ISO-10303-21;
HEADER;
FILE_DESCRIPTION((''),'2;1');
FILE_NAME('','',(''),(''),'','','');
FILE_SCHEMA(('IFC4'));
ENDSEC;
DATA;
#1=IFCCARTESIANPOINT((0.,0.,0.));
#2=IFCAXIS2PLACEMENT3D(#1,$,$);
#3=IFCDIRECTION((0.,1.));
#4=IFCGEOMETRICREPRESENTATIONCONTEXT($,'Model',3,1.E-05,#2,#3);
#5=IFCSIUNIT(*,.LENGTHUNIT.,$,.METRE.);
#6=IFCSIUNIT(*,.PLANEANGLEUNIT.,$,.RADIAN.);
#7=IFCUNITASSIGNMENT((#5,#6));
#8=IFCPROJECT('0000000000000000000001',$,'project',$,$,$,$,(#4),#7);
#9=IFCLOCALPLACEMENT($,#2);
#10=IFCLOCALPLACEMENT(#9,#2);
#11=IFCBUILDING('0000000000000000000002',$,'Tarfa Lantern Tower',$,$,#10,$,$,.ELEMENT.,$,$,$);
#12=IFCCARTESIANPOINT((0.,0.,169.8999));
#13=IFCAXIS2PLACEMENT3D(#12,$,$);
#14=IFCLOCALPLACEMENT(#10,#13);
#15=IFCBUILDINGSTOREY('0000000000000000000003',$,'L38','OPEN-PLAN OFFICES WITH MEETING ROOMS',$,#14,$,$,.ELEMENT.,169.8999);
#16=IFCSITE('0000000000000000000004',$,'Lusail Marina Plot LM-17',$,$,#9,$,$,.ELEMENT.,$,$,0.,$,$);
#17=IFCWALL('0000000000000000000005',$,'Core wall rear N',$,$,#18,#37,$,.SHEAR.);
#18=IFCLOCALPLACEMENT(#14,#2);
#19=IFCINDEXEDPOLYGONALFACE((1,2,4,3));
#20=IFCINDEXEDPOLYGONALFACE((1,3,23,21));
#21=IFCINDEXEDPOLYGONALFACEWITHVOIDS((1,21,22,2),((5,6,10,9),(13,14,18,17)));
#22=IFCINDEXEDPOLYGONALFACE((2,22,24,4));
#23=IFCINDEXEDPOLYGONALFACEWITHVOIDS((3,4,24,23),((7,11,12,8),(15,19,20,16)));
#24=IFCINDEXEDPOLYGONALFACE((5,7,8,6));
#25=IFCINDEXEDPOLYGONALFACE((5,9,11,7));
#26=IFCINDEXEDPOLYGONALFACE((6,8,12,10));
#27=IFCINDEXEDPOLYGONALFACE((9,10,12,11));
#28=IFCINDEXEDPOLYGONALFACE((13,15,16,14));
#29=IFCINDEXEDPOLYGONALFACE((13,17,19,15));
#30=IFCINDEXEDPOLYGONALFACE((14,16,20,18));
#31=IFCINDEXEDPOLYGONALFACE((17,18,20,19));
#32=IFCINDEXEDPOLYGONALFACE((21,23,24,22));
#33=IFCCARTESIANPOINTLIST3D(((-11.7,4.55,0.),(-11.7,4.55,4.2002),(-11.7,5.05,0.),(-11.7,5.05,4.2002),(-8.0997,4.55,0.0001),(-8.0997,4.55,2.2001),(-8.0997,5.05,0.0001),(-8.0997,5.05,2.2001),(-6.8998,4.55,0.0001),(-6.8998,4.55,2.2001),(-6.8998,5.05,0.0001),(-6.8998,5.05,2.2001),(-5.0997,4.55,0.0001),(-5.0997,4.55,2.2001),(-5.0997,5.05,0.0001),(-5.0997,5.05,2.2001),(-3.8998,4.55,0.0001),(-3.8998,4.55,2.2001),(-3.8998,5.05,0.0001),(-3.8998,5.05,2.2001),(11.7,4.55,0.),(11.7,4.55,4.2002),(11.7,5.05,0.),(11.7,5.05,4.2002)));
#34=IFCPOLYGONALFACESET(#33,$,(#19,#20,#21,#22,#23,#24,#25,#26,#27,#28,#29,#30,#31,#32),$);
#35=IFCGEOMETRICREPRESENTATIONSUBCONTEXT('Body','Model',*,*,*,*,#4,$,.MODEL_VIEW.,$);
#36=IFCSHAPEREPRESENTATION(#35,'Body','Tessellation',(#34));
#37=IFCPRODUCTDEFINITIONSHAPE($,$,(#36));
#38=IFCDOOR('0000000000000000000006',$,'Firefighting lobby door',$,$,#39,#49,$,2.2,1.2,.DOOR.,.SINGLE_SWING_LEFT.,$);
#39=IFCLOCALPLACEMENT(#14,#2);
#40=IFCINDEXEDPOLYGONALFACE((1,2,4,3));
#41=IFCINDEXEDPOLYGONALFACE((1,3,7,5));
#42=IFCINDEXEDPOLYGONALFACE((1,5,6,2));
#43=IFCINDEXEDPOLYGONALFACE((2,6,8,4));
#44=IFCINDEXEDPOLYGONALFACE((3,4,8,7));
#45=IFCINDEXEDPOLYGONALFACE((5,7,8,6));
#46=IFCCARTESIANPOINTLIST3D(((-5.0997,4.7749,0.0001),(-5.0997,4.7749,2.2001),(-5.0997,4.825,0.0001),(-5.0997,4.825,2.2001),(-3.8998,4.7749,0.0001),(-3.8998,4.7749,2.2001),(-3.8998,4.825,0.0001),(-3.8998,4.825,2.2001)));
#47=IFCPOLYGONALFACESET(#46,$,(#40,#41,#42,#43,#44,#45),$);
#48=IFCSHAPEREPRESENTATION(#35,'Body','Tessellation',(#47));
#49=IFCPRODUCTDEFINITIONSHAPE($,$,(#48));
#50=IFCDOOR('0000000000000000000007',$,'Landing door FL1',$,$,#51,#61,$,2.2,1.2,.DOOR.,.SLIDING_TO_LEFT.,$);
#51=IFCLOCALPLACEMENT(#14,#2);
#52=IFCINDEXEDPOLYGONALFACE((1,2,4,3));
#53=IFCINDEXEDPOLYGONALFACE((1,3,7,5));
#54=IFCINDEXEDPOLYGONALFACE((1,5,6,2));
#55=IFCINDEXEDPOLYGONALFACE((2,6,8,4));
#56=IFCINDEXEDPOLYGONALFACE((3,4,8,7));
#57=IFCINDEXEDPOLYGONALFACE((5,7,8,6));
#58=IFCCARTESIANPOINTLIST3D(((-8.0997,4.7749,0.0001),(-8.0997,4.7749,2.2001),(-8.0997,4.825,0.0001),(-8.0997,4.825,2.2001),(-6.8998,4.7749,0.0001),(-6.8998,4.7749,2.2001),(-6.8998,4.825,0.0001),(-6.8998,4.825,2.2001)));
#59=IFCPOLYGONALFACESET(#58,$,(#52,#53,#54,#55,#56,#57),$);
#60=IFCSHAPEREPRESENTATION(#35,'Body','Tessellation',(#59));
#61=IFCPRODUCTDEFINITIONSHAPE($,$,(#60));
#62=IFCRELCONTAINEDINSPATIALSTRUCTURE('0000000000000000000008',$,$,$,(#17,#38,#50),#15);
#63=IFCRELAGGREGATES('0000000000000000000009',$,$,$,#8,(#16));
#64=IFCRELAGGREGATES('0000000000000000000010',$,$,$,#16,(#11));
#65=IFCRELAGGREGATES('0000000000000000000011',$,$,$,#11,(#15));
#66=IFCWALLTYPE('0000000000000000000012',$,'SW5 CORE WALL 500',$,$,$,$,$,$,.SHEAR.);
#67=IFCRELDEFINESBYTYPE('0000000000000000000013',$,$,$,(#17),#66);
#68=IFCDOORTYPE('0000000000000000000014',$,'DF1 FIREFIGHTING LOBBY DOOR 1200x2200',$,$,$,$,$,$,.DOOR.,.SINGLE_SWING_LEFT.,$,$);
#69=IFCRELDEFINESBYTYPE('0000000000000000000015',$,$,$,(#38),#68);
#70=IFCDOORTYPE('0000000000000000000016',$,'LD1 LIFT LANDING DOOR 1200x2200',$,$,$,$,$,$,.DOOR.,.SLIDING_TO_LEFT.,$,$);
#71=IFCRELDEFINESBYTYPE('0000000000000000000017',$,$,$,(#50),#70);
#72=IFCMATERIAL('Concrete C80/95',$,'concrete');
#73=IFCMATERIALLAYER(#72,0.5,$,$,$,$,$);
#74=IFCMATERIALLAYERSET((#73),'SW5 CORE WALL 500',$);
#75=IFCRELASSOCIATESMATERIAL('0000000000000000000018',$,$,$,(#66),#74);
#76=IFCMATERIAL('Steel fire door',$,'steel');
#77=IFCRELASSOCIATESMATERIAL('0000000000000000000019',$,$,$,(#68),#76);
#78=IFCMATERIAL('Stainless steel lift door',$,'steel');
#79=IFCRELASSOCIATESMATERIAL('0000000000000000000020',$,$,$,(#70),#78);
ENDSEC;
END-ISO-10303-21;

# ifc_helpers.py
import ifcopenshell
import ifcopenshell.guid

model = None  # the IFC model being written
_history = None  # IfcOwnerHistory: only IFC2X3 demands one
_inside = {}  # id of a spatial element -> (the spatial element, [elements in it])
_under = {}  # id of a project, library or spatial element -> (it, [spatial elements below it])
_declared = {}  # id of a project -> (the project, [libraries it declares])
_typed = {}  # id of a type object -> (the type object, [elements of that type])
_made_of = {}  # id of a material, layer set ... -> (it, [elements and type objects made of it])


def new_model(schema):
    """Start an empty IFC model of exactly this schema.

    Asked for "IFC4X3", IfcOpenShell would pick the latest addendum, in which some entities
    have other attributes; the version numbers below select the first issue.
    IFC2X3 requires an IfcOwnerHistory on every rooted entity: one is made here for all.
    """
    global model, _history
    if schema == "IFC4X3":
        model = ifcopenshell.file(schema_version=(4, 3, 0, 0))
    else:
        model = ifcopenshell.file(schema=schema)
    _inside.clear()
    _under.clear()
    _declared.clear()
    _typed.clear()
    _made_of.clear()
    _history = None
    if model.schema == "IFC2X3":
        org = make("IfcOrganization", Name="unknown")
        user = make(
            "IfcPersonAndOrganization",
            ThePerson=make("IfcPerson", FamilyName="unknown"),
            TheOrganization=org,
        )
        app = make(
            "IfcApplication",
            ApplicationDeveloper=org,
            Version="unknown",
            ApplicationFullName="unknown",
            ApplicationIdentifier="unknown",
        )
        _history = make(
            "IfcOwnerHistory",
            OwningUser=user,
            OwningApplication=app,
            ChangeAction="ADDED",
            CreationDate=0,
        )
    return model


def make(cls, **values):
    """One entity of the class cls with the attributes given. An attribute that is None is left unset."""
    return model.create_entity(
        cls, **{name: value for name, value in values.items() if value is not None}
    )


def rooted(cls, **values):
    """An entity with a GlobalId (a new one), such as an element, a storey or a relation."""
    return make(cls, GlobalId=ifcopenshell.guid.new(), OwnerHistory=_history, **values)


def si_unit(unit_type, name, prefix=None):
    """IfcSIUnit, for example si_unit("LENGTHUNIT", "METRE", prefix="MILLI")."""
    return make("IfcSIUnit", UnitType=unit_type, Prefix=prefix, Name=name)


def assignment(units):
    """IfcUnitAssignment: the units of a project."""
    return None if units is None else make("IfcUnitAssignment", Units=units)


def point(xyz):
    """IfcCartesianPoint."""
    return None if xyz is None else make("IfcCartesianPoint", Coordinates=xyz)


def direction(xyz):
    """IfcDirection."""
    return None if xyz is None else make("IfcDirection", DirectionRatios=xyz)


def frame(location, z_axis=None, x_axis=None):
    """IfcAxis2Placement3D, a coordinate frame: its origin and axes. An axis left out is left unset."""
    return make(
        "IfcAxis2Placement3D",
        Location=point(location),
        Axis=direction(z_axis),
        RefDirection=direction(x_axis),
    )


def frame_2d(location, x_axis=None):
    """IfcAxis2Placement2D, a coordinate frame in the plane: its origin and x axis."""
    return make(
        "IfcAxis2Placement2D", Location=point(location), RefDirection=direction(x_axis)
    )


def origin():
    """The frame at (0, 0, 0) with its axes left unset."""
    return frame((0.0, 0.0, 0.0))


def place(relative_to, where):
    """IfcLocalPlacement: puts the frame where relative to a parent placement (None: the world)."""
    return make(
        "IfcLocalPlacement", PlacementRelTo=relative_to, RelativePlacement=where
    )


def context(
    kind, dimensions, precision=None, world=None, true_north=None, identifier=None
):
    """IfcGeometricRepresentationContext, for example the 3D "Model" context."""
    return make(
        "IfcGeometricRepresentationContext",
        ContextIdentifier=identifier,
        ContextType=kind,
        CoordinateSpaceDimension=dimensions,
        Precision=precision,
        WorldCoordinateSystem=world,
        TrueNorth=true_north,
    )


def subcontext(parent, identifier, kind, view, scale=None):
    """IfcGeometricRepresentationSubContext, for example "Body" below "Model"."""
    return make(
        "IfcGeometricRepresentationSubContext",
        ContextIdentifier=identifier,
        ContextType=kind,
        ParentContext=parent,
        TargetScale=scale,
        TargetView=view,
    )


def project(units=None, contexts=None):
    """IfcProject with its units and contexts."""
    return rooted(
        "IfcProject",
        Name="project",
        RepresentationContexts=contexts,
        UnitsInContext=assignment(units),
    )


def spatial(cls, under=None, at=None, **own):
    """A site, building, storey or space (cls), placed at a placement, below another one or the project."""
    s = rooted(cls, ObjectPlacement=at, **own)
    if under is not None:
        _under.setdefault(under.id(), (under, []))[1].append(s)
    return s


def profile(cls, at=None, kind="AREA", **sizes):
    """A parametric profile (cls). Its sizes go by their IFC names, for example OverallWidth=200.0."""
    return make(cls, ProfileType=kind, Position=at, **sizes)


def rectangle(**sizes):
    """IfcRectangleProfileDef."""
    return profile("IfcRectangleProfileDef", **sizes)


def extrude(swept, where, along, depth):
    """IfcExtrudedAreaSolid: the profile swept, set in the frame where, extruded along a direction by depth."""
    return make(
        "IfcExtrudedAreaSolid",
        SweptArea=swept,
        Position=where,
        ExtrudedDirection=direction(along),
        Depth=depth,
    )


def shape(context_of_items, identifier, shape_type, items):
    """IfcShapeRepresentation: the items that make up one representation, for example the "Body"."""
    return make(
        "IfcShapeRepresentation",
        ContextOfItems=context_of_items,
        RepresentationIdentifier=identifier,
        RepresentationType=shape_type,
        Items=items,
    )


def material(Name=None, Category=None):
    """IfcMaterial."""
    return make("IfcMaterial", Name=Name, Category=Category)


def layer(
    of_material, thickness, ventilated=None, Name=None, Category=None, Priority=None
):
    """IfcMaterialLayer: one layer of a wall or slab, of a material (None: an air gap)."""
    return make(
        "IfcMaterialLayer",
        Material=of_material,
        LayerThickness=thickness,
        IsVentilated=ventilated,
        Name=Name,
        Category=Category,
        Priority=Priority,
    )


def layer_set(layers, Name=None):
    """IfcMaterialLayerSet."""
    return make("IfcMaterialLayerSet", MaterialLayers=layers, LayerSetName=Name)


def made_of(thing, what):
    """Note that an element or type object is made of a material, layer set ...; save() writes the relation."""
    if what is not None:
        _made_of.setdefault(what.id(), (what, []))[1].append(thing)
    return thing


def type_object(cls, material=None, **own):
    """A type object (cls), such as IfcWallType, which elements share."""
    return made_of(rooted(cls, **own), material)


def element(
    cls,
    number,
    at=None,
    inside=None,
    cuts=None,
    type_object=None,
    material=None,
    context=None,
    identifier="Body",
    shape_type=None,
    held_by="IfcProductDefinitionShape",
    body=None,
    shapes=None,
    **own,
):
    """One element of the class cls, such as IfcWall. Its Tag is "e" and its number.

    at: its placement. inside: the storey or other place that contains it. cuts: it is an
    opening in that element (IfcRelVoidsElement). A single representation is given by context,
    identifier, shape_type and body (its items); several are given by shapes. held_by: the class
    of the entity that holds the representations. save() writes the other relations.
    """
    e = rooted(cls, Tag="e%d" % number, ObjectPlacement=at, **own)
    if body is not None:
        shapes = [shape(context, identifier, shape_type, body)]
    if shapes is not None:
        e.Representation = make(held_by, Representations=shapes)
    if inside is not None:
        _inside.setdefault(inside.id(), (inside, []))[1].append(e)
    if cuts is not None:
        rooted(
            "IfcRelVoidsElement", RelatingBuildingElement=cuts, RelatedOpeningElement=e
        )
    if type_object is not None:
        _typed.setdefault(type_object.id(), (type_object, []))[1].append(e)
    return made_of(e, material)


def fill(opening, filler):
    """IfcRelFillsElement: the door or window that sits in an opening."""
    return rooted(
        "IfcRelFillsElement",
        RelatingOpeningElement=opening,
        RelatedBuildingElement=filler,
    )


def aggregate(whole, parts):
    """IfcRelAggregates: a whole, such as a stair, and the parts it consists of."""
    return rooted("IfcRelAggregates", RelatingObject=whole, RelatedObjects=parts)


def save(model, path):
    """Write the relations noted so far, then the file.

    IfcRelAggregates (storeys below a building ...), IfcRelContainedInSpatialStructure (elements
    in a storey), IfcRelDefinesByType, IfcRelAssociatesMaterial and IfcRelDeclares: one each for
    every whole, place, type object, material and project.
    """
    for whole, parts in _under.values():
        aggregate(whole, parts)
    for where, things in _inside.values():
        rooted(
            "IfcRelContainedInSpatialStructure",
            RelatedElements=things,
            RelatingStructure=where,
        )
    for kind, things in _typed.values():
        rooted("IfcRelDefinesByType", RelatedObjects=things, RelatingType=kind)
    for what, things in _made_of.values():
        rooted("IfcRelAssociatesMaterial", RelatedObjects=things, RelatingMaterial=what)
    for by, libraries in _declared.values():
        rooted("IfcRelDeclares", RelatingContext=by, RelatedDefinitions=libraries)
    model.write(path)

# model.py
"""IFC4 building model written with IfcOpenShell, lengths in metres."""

from ifc_helpers import new_model, si_unit, direction, frame, frame_2d, origin, place, context, subcontext, project, spatial, rectangle, extrude, material, layer, layer_set, type_object, element, fill, save


model = new_model("IFC4")

# Units and contexts
model_context = context("Model", 3, precision=1e-05, world=origin(), true_north=direction((0.0, 1.0)))
body_context = subcontext(model_context, "Body", "Model", "MODEL_VIEW")
ifc_project = project(units=[si_unit("LENGTHUNIT", "METRE"), si_unit("PLANEANGLEUNIT", "RADIAN")], contexts=[model_context])

# Site, building, storey
site_placement = place(None, origin())
site = spatial("IfcSite", under=ifc_project, at=site_placement, Name="Lusail Marina Plot LM-17", CompositionType="ELEMENT", RefElevation=0.0)
building_placement = place(site_placement, origin())
building = spatial("IfcBuilding", under=site, at=building_placement, Name="Tarfa Lantern Tower", CompositionType="ELEMENT")
storey_placement = place(building_placement, frame((0.0, 0.0, 169.8999)))
storey = spatial("IfcBuildingStorey", under=building, at=storey_placement, Name="L38", Description="OPEN-PLAN OFFICES WITH MEETING ROOMS", CompositionType="ELEMENT", Elevation=169.8999)

# Shared definitions
ifc_material_1 = material(Name="Concrete C80/95", Category="concrete")
ifc_material_2 = material(Name="Steel fire door", Category="steel")
ifc_layer_1 = layer(ifc_material_1, 0.5)
ifc_layer_set_1 = layer_set([ifc_layer_1], Name="SW5 CORE WALL 500")
wall_type_1 = type_object("IfcWallType", Name="SW5 CORE WALL 500", PredefinedType="SHEAR", material=ifc_layer_set_1)

# Wall, openings, doors
wall_1_placement = place(storey_placement, frame((-11.7, 4.8, 0.0), z_axis=(0.0, 0.0, 1.0), x_axis=(1.0, 0.0, 0.0)))
wall_1 = element("IfcWall", 1, at=wall_1_placement, inside=storey, type_object=wall_type_1, Name="Core wall rear N", PredefinedType="SHEAR", context=body_context, shape_type="SweptSolid", body=[
    extrude(rectangle(XDim=23.3999, YDim=0.5, at=frame_2d((11.7, 0.0))), origin(), (0.0, 0.0, 1.0), 4.2002),
])
opening_1_placement = place(wall_1_placement, frame((6.6001, 0.0, 0.0)))
opening_1 = element("IfcOpeningElement", 2, at=opening_1_placement, cuts=wall_1, PredefinedType="OPENING", context=body_context, shape_type="SweptSolid", body=[
    extrude(rectangle(XDim=1.2, YDim=2.2, at=frame_2d((0.6001, 1.1001))), frame((0.0, 0.26, 0.0), z_axis=(0.0, -1.0, 0.0), x_axis=(1.0, 0.0, 0.0)), (0.0, 0.0, 1.0), 0.52),
])
opening_2_placement = place(wall_1_placement, frame((3.6001, 0.0, 0.0)))
opening_2 = element("IfcOpeningElement", 3, at=opening_2_placement, cuts=wall_1, PredefinedType="OPENING", context=body_context, shape_type="SweptSolid", body=[
    extrude(rectangle(XDim=1.2, YDim=2.2, at=frame_2d((0.6001, 1.1001))), frame((0.0, 0.26, 0.0), z_axis=(0.0, -1.0, 0.0), x_axis=(1.0, 0.0, 0.0)), (0.0, 0.0, 1.0), 0.52),
])
door_type_1 = type_object("IfcDoorType", Name="DF1 FIREFIGHTING LOBBY DOOR 1200x2200", OperationType="SINGLE_SWING_LEFT", PredefinedType="DOOR", material=ifc_material_2)
door_1_placement = place(opening_1_placement, origin())
door_1 = element("IfcDoor", 4, at=door_1_placement, inside=storey, type_object=door_type_1, Name="Firefighting lobby door", OperationType="SINGLE_SWING_LEFT", OverallHeight=2.2, OverallWidth=1.2, PredefinedType="DOOR", context=body_context, shape_type="SweptSolid", body=[
    extrude(rectangle(XDim=1.2, YDim=2.2, at=frame_2d((0.6001, 1.1001))), frame((0.0, 0.0249, 0.0), z_axis=(0.0, -1.0, 0.0), x_axis=(1.0, 0.0, 0.0)), (0.0, 0.0, 1.0), 0.05),
])
fill(opening_1, door_1)
ifc_material_3 = material(Name="Stainless steel lift door", Category="steel")
door_type_2 = type_object("IfcDoorType", Name="LD1 LIFT LANDING DOOR 1200x2200", OperationType="SLIDING_TO_LEFT", PredefinedType="DOOR", material=ifc_material_3)
door_2_placement = place(opening_2_placement, origin())
door_2 = element("IfcDoor", 5, at=door_2_placement, inside=storey, type_object=door_type_2, Name="Landing door FL1", OperationType="SLIDING_TO_LEFT", OverallHeight=2.2, OverallWidth=1.2, PredefinedType="DOOR", context=body_context, shape_type="SweptSolid", body=[
    extrude(rectangle(XDim=1.2, YDim=2.2, at=frame_2d((0.6001, 1.1001))), frame((0.0, 0.0249, 0.0), z_axis=(0.0, -1.0, 0.0), x_axis=(1.0, 0.0, 0.0)), (0.0, 0.0, 1.0), 0.05),
])
fill(opening_2, door_2)

save(model, "model.ifc")
